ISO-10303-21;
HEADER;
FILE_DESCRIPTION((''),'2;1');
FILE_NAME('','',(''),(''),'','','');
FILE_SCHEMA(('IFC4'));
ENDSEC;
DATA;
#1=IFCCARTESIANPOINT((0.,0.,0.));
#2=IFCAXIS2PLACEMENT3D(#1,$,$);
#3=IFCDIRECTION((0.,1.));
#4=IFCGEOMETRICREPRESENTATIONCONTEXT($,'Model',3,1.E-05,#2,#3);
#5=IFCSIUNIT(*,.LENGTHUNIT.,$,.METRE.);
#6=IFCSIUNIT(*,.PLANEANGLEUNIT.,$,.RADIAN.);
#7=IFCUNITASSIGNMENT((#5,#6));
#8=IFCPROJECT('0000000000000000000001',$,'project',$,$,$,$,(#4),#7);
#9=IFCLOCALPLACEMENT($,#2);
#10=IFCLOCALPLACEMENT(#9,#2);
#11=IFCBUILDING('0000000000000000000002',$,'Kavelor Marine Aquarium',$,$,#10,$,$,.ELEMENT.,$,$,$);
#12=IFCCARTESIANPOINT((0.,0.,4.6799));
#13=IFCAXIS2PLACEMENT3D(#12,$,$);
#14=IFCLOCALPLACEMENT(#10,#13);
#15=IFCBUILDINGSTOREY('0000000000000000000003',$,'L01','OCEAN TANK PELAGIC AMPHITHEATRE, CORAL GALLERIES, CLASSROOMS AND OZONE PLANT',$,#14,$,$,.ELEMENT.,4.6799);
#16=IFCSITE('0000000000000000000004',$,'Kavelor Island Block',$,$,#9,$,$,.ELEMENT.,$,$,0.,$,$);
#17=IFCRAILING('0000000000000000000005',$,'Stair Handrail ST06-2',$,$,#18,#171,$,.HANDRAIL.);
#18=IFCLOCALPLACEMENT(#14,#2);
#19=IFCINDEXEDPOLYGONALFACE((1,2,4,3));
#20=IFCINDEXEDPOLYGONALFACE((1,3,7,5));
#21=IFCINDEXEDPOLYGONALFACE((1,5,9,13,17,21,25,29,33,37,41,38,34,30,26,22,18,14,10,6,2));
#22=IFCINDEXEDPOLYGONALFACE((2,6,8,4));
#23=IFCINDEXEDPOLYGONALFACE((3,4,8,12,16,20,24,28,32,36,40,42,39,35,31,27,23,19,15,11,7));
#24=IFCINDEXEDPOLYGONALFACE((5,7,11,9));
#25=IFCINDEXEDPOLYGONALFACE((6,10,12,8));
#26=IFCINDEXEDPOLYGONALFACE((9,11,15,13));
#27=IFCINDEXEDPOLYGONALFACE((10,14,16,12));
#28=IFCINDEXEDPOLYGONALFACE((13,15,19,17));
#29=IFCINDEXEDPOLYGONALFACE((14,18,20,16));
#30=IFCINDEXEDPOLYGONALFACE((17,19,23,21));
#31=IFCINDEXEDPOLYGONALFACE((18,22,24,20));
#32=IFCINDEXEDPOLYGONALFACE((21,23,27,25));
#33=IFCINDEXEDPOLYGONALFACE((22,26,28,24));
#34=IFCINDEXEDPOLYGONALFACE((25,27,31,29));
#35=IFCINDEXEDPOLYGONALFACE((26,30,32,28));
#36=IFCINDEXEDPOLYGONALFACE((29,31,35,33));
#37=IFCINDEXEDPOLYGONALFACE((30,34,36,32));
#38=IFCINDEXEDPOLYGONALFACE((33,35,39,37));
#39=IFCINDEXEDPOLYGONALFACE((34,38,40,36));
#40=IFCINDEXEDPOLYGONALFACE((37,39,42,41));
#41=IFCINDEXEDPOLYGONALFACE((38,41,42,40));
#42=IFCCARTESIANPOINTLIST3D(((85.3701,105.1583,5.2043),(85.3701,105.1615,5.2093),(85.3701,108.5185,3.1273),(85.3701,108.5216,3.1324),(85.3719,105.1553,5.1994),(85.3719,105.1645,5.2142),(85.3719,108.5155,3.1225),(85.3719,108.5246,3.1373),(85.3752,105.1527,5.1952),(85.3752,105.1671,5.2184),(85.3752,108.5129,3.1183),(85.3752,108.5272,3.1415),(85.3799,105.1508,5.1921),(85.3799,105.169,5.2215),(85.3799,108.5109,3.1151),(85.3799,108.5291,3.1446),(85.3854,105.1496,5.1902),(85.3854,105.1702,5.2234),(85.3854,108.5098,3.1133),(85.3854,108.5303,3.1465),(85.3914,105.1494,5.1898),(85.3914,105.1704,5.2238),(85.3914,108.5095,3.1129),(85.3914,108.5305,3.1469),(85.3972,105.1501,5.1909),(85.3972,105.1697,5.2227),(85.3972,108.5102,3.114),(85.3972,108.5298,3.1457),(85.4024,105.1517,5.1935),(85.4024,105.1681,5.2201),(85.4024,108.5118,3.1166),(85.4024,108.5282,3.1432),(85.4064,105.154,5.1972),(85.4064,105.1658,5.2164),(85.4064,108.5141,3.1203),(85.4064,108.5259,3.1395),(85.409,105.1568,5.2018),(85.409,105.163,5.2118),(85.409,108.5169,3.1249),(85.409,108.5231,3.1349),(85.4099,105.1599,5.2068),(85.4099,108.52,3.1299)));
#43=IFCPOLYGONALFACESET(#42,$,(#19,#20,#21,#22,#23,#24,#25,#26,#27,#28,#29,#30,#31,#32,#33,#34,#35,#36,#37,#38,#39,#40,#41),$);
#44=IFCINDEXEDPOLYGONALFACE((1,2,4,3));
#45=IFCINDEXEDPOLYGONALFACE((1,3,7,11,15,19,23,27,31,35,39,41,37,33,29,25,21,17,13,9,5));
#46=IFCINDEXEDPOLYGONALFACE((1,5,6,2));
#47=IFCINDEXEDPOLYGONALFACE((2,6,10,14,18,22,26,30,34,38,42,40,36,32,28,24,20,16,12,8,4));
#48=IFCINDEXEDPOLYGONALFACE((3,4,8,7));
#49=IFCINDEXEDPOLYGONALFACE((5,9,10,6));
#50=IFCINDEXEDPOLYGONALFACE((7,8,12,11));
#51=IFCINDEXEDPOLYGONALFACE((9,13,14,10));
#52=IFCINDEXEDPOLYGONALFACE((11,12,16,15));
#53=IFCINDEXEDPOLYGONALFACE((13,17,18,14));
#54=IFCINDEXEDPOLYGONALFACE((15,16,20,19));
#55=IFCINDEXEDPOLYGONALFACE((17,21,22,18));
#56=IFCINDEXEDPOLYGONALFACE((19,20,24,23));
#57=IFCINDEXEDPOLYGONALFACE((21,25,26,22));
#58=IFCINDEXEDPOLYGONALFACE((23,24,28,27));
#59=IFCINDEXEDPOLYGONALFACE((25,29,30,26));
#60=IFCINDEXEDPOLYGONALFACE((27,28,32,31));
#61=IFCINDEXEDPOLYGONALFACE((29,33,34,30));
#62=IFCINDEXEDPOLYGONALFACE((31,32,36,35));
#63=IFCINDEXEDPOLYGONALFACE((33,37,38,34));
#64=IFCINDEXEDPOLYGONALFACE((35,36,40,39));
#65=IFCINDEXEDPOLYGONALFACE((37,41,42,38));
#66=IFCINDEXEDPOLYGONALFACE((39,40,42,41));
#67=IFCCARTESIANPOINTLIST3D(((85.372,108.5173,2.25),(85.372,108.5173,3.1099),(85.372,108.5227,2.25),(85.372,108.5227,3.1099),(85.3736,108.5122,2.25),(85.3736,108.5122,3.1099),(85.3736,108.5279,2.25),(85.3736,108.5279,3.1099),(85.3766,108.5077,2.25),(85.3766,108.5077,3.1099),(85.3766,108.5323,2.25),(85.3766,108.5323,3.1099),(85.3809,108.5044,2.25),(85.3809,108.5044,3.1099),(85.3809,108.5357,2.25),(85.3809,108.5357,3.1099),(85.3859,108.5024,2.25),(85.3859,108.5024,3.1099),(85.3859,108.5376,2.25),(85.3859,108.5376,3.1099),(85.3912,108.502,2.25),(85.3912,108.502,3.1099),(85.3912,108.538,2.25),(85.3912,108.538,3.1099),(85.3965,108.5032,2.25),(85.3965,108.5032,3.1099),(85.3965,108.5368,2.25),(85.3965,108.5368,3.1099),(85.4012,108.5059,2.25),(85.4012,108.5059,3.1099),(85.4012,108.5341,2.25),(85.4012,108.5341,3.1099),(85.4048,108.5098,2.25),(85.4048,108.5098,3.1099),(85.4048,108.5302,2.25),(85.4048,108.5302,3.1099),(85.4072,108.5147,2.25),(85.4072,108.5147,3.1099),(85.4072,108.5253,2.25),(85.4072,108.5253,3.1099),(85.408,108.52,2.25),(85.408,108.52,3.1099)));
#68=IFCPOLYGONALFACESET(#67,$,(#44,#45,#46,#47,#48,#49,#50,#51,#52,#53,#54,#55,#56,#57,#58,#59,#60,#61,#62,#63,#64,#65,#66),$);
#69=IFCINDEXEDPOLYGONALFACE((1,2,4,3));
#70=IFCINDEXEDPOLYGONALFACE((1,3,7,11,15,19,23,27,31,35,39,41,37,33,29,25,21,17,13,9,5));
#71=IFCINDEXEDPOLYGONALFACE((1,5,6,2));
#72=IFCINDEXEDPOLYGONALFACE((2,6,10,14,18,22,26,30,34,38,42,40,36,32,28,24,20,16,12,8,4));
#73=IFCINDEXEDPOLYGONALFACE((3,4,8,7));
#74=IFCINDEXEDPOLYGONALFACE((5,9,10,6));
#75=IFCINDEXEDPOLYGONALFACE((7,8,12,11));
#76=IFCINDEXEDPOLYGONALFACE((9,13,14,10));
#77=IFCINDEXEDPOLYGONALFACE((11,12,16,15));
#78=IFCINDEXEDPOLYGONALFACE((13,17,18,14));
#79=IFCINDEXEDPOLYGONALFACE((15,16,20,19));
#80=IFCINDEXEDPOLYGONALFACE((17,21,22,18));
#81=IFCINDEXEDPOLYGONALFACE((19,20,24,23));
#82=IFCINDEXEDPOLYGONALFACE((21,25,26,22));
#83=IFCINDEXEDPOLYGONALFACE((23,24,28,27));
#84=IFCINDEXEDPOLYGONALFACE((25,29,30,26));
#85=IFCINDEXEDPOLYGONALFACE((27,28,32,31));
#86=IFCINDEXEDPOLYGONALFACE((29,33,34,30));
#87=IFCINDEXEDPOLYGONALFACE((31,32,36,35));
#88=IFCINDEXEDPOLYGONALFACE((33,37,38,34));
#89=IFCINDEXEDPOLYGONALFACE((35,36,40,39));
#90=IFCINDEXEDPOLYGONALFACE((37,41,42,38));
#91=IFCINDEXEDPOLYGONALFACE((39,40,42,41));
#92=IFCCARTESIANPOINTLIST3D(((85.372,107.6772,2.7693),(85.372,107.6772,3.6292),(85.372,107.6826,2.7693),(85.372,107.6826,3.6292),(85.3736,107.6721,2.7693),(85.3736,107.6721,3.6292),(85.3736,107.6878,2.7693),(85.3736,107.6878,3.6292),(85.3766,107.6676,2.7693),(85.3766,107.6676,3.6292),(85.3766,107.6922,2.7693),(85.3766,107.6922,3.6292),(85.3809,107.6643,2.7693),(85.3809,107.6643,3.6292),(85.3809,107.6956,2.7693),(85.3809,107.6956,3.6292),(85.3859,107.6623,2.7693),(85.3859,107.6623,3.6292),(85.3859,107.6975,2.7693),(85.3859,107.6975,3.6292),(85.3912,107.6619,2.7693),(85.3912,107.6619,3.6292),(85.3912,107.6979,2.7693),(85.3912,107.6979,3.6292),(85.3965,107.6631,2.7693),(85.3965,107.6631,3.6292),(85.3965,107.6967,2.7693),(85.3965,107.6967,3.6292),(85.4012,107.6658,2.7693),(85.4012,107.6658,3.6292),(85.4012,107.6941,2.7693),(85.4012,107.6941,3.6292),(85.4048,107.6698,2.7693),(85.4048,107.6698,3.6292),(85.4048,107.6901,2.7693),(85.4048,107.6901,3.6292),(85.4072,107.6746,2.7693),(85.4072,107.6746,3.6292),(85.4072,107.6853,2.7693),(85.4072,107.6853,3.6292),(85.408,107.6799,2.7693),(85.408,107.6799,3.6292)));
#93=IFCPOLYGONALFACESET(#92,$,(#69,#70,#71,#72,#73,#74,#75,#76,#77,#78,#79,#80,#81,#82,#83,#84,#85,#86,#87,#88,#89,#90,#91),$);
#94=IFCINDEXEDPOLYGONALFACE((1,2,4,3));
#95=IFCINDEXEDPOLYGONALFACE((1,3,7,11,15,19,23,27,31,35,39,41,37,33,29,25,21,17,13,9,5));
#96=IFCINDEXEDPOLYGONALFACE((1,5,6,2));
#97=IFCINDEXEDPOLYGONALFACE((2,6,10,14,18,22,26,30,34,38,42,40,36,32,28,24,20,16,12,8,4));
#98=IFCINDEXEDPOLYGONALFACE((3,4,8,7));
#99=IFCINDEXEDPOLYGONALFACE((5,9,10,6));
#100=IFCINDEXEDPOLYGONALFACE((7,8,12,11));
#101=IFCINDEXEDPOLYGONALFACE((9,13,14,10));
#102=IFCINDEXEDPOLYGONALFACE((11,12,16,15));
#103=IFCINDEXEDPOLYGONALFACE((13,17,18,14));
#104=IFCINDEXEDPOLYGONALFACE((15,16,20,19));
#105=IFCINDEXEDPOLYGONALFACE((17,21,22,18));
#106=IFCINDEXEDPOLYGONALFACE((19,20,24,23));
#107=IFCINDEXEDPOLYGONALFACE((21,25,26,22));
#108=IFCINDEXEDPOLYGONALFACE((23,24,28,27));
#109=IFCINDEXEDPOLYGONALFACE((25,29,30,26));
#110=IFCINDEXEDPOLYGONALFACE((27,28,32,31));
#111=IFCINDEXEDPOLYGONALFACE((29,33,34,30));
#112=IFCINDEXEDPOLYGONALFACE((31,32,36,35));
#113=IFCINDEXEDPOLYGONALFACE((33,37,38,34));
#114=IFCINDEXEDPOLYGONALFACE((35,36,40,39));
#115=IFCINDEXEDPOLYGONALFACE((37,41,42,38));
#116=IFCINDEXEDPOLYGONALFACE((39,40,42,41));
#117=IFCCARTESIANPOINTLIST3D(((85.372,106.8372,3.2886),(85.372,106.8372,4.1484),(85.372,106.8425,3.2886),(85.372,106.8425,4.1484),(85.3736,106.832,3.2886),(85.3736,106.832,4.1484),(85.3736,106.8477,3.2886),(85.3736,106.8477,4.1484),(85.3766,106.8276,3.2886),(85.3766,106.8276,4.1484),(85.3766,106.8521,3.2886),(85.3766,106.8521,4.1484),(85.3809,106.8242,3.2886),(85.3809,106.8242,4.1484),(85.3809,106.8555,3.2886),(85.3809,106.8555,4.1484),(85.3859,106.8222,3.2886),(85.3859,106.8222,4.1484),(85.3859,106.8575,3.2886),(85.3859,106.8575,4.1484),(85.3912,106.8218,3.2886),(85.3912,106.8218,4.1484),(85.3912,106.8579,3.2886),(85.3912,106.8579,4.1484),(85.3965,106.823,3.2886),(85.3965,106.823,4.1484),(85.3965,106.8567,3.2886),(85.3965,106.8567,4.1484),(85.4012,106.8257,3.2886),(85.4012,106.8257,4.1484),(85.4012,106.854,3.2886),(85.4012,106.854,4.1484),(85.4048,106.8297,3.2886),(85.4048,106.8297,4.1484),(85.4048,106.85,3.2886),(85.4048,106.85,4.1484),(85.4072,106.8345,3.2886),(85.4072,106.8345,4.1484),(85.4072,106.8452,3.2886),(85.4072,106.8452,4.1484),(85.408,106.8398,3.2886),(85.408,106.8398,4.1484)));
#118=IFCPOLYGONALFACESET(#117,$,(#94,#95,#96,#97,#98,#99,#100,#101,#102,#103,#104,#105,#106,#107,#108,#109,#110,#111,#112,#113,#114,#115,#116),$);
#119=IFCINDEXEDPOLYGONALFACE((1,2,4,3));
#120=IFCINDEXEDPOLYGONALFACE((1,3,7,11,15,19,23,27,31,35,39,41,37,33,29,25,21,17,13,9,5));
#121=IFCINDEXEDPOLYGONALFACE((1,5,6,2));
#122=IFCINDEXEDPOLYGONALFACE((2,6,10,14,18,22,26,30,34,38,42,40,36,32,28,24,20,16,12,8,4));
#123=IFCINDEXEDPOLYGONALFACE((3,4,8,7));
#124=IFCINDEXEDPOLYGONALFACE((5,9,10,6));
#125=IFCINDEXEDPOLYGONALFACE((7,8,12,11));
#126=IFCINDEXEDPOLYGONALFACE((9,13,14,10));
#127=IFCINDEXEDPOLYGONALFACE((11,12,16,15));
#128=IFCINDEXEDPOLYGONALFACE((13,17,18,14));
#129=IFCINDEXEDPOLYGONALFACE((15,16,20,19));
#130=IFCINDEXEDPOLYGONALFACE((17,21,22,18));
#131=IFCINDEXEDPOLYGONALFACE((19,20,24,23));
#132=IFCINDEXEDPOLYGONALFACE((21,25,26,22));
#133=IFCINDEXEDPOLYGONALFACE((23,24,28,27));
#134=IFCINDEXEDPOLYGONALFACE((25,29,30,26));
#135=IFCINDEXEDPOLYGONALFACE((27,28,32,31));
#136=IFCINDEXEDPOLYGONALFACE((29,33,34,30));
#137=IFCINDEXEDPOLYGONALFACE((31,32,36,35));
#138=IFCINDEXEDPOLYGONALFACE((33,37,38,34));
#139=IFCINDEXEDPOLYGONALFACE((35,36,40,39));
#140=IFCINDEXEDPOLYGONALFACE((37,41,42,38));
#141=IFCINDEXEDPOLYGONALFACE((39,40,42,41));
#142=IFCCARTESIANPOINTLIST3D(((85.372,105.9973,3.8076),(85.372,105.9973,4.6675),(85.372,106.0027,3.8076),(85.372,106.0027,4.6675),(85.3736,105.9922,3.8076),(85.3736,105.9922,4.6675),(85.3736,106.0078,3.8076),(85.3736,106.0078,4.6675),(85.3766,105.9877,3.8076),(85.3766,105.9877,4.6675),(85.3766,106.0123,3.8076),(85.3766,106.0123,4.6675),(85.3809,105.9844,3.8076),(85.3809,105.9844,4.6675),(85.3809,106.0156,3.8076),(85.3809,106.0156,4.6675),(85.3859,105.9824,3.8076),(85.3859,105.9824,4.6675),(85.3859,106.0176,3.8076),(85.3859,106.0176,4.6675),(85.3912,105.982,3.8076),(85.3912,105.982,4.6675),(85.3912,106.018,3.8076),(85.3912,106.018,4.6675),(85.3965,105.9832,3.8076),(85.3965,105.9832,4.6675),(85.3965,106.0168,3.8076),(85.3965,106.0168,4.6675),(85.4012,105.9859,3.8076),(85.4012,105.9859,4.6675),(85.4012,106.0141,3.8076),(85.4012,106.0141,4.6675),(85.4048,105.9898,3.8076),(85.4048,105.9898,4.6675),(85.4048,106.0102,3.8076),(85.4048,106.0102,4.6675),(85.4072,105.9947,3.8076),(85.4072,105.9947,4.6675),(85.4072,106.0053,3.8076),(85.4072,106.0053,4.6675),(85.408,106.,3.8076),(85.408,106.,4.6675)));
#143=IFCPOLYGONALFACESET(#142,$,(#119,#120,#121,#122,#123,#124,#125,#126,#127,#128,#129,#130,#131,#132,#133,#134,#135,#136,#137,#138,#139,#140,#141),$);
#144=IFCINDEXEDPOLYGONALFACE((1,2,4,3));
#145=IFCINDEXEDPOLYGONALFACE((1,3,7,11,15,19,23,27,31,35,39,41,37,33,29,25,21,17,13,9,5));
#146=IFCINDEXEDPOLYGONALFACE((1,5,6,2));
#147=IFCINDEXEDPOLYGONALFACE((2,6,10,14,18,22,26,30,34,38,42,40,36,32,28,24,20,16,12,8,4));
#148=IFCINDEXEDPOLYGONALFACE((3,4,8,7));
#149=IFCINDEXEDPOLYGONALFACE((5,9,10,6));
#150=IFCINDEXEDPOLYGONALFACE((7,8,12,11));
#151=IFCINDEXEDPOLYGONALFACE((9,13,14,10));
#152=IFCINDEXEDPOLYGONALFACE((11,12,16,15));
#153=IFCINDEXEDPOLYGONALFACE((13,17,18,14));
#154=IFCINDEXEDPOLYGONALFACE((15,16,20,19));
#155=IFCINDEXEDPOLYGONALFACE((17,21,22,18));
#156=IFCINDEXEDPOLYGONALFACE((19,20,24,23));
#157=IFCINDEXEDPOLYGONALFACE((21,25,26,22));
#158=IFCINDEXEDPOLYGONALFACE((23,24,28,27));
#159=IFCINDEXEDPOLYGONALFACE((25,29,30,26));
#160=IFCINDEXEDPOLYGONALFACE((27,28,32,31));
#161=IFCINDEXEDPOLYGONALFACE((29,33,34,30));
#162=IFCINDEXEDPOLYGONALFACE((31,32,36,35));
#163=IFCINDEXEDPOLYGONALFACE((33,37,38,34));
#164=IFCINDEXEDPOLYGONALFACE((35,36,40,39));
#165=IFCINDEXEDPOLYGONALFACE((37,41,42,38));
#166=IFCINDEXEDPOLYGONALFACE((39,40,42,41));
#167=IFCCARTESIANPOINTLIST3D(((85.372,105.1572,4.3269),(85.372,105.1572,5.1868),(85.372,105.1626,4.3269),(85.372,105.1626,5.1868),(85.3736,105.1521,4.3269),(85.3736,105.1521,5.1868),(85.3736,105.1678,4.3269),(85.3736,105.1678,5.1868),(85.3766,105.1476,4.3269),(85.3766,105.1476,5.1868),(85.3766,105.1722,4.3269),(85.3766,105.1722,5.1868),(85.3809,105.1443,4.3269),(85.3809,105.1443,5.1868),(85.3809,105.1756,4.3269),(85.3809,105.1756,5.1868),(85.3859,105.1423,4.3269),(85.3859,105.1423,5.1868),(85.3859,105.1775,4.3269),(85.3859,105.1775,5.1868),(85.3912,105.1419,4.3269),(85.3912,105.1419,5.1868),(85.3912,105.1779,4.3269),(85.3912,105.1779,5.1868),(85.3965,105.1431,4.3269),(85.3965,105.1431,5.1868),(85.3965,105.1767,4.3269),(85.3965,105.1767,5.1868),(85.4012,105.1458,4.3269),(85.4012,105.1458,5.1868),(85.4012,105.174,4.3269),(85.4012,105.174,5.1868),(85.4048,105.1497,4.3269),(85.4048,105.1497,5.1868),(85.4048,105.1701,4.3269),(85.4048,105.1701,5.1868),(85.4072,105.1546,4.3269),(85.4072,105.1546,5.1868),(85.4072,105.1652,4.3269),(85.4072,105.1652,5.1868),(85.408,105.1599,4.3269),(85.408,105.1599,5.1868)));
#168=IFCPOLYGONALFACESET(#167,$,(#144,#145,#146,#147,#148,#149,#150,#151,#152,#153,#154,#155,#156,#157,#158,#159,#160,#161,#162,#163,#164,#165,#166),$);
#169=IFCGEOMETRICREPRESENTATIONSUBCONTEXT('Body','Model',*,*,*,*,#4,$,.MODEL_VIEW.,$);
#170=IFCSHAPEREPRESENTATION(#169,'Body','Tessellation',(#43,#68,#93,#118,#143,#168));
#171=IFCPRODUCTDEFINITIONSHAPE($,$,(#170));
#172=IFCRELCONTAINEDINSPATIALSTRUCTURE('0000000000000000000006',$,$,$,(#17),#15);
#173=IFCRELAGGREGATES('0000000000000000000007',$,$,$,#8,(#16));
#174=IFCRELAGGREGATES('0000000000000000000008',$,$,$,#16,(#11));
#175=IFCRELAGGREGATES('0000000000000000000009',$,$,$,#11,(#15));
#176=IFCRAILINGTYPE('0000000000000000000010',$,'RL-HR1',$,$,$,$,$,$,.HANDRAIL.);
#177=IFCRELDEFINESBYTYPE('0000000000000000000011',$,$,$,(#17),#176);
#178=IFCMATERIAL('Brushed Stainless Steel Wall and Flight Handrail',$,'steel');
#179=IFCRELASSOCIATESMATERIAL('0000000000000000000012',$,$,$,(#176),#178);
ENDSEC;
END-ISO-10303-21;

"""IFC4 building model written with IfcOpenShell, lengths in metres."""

from ifc_helpers import new_model, si_unit, direction, frame, origin, origin_2d, place, context, subcontext, project, spatial, circle, extrude, material, type_object, element, save


model = new_model("IFC4")

# Units and contexts
model_context = context("Model", 3, precision=1e-05, world=origin(), true_north=direction((0.0, 1.0)))
body_context = subcontext(model_context, "Body", "Model", "MODEL_VIEW")
ifc_project = project(units=[si_unit("LENGTHUNIT", "METRE"), si_unit("PLANEANGLEUNIT", "RADIAN")], contexts=[model_context])

# Site, building, storey
site_placement = place(None, origin())
site = spatial("IfcSite", under=ifc_project, at=site_placement, Name="Kavelor Island Block", CompositionType="ELEMENT", RefElevation=0.0)
building_placement = place(site_placement, origin())
building = spatial("IfcBuilding", under=site, at=building_placement, Name="Kavelor Marine Aquarium", CompositionType="ELEMENT")
storey_placement = place(building_placement, frame((0.0, 0.0, 4.6799)))
storey = spatial("IfcBuildingStorey", under=building, at=storey_placement, Name="L01", Description="OCEAN TANK PELAGIC AMPHITHEATRE, CORAL GALLERIES, CLASSROOMS AND OZONE PLANT", CompositionType="ELEMENT", Elevation=4.6799)

# Railing
ifc_material_1 = material(Name="Brushed Stainless Steel Wall and Flight Handrail", Category="steel")
railing_type_1 = type_object("IfcRailingType", Name="RL-HR1", PredefinedType="HANDRAIL", material=ifc_material_1)
railing_1_placement = place(storey_placement, frame((85.3899, 108.52, 2.25)))
element("IfcRailing", 1, at=railing_1_placement, inside=storey, type_object=railing_type_1, Name="Stair Handrail ST06-2", PredefinedType="HANDRAIL", context=body_context, shape_type="SweptSolid", body=[
    extrude(circle(Radius=0.02, at=origin_2d()), frame((0.0, 0.0, 0.8799), z_axis=(0.0, -0.850623, 0.525776), x_axis=(1.0, 0.0, 0.0)), (0.0, 0.0, 1.0), 3.9502),
    extrude(circle(Radius=0.0181, at=origin_2d()), origin(), (0.0, 0.0, 1.0), 0.8599),
    extrude(circle(Radius=0.0181, at=origin_2d()), frame((0.0, -0.8401, 0.5193)), (0.0, 0.0, 1.0), 0.8599),
    extrude(circle(Radius=0.0181, at=origin_2d()), frame((0.0, -1.6802, 1.0386)), (0.0, 0.0, 1.0), 0.8599),
    extrude(circle(Radius=0.0181, at=origin_2d()), frame((0.0, -2.52, 1.5576)), (0.0, 0.0, 1.0), 0.8599),
    extrude(circle(Radius=0.0181, at=origin_2d()), frame((0.0, -3.3601, 2.0769)), (0.0, 0.0, 1.0), 0.8599),
])

save(model, "model.ifc")
